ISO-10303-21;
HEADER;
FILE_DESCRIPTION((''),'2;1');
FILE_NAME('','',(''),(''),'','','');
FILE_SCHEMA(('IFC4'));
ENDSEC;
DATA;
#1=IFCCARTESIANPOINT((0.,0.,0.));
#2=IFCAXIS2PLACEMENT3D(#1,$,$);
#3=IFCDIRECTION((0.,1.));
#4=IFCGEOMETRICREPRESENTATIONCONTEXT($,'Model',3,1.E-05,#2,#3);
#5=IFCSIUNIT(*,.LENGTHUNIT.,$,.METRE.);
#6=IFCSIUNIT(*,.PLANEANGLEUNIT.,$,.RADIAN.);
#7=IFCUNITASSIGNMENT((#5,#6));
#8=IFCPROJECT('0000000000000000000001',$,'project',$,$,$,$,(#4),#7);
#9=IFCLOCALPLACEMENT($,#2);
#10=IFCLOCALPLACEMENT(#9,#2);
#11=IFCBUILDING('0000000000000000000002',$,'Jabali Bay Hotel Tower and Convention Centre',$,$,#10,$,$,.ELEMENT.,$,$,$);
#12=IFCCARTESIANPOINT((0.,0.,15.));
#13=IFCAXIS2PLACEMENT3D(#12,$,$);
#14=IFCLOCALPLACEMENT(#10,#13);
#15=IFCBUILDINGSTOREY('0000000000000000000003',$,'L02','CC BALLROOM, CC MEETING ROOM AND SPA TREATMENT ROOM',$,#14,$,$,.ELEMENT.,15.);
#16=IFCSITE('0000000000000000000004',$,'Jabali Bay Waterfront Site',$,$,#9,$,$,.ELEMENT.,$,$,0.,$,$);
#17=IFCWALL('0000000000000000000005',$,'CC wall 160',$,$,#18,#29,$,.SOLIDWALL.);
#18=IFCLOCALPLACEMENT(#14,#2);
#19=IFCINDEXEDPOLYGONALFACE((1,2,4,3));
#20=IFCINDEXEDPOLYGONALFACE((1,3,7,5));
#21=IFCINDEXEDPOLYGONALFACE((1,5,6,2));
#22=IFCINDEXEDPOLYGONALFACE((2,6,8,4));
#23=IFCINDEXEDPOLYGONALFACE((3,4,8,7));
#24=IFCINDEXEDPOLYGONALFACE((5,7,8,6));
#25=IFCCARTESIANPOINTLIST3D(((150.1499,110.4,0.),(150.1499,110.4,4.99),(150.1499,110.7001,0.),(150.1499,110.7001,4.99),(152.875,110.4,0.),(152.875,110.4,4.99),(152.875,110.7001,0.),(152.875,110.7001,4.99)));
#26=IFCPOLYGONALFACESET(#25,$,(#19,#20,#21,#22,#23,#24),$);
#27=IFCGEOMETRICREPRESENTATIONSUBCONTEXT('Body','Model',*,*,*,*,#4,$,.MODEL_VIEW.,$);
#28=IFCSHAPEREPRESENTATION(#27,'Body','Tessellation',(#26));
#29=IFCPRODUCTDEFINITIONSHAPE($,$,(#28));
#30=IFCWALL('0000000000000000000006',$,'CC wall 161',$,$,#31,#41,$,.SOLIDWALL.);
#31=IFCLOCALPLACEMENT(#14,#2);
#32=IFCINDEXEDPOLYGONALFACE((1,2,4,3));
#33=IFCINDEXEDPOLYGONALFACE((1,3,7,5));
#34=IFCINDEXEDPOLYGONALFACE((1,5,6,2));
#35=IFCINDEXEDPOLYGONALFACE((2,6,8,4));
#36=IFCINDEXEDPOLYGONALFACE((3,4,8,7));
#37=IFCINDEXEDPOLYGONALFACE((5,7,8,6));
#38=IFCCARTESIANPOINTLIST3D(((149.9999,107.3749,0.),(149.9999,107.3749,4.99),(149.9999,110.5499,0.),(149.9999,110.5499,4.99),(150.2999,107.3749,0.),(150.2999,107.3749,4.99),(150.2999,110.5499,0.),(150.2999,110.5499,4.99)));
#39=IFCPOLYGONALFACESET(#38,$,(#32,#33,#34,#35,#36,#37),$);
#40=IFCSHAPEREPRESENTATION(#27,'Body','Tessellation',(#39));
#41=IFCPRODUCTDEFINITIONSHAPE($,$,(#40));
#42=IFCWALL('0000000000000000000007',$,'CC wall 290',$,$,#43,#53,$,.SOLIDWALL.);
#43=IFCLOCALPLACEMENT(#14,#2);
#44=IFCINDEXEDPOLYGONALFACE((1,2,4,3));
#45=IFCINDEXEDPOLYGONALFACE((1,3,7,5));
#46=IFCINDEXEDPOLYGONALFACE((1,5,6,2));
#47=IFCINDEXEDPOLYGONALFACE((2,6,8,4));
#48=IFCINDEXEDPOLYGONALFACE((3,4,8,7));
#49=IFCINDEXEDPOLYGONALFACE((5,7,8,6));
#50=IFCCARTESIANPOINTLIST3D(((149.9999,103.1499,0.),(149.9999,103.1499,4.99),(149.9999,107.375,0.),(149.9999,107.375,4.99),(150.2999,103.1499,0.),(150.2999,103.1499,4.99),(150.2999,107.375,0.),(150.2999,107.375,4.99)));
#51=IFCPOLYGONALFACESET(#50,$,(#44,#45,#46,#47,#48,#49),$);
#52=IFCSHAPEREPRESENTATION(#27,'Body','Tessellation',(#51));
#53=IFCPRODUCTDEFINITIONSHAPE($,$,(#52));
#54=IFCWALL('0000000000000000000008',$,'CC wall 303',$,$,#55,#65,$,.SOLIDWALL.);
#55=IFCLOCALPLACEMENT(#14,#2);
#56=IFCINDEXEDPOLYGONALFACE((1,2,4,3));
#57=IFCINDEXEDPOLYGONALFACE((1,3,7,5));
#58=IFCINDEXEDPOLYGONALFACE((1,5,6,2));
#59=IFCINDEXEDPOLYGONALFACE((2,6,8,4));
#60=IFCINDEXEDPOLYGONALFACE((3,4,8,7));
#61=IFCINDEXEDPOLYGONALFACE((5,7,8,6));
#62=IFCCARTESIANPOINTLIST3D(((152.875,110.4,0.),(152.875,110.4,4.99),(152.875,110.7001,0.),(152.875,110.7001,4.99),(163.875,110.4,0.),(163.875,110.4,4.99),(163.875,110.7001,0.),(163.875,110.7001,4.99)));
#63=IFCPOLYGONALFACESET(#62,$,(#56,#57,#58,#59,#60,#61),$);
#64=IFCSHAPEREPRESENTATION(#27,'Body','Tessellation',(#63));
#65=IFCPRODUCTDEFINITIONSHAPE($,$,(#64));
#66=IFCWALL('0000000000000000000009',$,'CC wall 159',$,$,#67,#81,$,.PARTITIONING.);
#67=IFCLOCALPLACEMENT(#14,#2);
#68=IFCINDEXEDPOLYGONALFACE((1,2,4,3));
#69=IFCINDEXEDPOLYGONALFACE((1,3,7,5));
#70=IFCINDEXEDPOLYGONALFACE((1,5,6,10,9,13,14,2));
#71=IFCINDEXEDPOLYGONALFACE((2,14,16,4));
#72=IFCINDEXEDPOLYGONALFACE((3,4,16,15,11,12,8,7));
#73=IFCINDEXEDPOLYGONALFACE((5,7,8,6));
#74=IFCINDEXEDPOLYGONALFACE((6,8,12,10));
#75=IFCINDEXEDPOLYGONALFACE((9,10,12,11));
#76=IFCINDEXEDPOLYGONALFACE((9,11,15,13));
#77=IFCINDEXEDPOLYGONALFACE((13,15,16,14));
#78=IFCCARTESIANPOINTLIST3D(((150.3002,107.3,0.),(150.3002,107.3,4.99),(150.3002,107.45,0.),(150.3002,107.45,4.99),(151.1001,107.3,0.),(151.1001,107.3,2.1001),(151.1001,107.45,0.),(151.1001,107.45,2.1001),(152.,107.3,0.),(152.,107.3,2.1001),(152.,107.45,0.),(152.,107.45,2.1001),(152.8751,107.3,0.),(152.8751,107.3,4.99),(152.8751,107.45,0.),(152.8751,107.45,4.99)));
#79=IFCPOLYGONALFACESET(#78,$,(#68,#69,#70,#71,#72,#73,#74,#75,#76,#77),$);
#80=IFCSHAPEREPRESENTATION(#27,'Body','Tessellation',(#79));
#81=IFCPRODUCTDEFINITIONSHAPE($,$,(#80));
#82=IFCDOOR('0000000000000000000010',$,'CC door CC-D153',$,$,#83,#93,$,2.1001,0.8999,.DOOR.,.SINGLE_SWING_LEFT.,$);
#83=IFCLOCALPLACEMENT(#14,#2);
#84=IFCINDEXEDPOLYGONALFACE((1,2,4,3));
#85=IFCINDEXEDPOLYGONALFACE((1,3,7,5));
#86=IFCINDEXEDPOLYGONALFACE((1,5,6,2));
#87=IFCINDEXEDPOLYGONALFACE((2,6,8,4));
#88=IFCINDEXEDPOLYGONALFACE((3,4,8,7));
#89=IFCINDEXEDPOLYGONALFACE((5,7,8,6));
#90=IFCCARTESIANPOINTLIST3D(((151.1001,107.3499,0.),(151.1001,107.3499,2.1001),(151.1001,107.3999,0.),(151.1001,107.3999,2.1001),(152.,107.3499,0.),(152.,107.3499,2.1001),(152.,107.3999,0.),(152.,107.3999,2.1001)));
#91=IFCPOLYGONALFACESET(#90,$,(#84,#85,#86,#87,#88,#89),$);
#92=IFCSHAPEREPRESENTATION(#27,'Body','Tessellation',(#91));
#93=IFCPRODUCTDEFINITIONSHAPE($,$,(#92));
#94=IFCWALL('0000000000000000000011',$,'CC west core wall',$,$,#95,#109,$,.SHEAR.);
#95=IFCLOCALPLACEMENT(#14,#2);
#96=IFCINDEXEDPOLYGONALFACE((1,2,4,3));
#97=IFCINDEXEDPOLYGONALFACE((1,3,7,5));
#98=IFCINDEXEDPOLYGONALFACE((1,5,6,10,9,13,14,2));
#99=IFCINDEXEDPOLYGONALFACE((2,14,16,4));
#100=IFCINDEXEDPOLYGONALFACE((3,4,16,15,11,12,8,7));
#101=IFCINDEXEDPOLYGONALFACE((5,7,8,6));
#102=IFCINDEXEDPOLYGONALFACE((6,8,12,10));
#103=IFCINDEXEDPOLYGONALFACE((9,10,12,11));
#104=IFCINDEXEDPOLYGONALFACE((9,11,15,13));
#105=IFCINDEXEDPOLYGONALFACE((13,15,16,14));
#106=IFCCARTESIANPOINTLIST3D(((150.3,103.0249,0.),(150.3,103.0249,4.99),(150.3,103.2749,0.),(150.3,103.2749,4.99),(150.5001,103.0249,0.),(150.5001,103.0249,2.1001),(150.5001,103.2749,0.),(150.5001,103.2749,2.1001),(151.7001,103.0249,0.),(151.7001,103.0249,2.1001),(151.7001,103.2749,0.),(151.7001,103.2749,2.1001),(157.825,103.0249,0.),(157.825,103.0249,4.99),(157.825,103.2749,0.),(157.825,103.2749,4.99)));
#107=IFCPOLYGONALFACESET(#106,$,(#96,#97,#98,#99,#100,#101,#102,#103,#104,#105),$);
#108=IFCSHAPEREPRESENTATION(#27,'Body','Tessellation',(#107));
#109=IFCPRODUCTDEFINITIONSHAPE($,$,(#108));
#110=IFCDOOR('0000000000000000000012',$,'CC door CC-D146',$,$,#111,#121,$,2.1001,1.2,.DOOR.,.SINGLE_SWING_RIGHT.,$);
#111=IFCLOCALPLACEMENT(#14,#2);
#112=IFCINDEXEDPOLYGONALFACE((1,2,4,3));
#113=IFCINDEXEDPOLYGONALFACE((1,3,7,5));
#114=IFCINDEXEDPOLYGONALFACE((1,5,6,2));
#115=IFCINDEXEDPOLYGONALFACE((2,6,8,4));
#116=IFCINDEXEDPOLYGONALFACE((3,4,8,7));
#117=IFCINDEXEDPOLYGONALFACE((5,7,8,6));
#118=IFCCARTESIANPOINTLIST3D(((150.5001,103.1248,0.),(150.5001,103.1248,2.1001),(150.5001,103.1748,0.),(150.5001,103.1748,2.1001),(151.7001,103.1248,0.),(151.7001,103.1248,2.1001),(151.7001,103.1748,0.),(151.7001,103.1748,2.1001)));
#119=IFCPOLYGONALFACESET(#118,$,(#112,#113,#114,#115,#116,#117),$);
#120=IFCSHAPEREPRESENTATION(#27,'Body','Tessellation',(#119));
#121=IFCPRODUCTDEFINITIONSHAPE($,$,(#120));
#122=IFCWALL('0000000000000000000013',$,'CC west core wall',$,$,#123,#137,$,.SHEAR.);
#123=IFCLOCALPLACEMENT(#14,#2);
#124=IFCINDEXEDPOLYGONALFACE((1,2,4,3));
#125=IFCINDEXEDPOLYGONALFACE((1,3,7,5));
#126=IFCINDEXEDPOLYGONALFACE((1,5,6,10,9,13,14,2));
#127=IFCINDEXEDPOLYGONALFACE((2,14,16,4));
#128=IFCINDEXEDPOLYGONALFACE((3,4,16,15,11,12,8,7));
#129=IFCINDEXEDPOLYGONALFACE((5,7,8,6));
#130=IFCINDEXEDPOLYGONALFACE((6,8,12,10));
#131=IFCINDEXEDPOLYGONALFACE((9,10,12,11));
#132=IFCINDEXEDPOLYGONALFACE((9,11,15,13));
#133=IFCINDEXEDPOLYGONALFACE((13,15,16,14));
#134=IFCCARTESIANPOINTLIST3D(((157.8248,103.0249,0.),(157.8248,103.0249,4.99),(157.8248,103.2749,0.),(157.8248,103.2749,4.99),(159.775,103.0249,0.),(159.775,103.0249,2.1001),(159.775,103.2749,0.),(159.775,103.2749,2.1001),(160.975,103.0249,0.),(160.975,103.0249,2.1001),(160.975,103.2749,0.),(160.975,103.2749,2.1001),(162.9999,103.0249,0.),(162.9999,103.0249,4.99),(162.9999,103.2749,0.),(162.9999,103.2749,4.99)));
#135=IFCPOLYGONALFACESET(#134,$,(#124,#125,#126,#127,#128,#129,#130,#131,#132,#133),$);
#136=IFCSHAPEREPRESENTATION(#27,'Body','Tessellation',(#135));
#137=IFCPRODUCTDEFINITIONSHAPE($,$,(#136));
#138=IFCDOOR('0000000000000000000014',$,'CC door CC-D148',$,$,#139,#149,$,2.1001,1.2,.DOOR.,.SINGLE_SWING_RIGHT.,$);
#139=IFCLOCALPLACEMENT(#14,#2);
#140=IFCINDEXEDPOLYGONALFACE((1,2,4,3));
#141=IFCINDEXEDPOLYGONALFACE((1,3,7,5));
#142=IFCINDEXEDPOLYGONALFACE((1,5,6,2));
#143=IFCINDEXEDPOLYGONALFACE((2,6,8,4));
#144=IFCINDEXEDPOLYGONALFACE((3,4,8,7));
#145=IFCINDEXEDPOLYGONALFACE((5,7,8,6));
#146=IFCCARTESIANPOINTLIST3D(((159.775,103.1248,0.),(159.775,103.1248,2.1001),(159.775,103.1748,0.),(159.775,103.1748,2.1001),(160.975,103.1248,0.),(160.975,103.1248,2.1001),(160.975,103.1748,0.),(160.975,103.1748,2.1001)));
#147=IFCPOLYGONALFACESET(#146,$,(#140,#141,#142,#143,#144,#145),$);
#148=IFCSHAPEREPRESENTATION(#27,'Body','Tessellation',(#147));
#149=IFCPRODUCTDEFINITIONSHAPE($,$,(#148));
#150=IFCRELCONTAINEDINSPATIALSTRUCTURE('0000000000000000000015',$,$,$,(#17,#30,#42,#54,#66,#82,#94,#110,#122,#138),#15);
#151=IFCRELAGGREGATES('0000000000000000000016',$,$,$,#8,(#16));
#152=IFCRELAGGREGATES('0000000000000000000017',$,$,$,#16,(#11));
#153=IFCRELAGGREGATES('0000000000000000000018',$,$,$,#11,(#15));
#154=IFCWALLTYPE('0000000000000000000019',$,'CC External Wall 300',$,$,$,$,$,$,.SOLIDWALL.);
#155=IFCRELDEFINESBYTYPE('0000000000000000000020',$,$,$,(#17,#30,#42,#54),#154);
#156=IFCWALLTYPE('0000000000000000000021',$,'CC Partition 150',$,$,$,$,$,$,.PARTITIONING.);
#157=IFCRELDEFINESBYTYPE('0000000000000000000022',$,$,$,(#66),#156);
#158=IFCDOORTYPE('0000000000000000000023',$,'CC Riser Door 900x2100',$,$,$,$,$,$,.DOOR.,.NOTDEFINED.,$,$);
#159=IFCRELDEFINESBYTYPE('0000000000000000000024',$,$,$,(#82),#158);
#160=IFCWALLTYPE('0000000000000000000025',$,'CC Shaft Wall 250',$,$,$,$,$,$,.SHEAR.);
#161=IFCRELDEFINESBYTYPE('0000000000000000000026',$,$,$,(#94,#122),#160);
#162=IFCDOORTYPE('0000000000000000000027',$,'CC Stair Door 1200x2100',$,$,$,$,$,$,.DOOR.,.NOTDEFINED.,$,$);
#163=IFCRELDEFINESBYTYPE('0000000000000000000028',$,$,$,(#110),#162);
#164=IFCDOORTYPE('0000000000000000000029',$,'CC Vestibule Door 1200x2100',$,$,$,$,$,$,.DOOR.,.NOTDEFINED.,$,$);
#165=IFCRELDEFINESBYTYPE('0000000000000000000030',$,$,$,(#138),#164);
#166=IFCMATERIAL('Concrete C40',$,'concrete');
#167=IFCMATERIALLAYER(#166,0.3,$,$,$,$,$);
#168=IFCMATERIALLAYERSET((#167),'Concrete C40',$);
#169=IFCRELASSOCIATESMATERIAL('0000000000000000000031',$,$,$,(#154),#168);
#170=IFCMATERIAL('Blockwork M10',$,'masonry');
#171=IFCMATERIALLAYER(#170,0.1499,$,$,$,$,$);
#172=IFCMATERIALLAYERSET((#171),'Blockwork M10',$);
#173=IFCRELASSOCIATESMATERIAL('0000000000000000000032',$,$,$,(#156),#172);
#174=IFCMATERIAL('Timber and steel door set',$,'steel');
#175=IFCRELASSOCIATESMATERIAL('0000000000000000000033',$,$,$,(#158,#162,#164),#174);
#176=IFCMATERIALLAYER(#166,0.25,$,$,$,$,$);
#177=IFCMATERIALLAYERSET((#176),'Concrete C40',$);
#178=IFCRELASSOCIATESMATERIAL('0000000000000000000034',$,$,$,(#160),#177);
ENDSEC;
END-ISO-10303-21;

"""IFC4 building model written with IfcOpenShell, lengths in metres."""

from ifc_helpers import new_model, si_unit, direction, frame, frame_2d, origin, place, context, subcontext, project, spatial, rectangle, extrude, material, layer, layer_set, type_object, element, fill, save


model = new_model("IFC4")

# Units and contexts
model_context = context("Model", 3, precision=1e-05, world=origin(), true_north=direction((0.0, 1.0)))
body_context = subcontext(model_context, "Body", "Model", "MODEL_VIEW")
ifc_project = project(units=[si_unit("LENGTHUNIT", "METRE"), si_unit("PLANEANGLEUNIT", "RADIAN")], contexts=[model_context])

# Site, building, storey
site_placement = place(None, origin())
site = spatial("IfcSite", under=ifc_project, at=site_placement, Name="Jabali Bay Waterfront Site", CompositionType="ELEMENT", RefElevation=0.0)
building_placement = place(site_placement, origin())
building = spatial("IfcBuilding", under=site, at=building_placement, Name="Jabali Bay Hotel Tower and Convention Centre", CompositionType="ELEMENT")
storey_placement = place(building_placement, frame((0.0, 0.0, 15.0)))
storey = spatial("IfcBuildingStorey", under=building, at=storey_placement, Name="L02", Description="CC BALLROOM, CC MEETING ROOM AND SPA TREATMENT ROOM", CompositionType="ELEMENT", Elevation=15.0)

# Walls
ifc_material_1 = material(Name="Concrete C40", Category="concrete")
ifc_layer_1 = layer(ifc_material_1, 0.3)
ifc_layer_set_1 = layer_set([ifc_layer_1], Name="Concrete C40")
wall_type_1 = type_object("IfcWallType", Name="CC External Wall 300", PredefinedType="SOLIDWALL", material=ifc_layer_set_1)
wall_1_placement = place(storey_placement, frame((150.1499, 110.55, 0.0), z_axis=(0.0, 0.0, 1.0), x_axis=(1.0, 0.0, 0.0)))
element("IfcWall", 1, at=wall_1_placement, inside=storey, type_object=wall_type_1, Name="CC wall 160", PredefinedType="SOLIDWALL", context=body_context, shape_type="SweptSolid", body=[
    extrude(rectangle(XDim=2.7251, YDim=0.3, at=frame_2d((1.3625, 0.0))), origin(), (0.0, 0.0, 1.0), 4.99),
])
wall_2_placement = place(storey_placement, frame((150.1499, 107.375, 0.0), z_axis=(0.0, 0.0, 1.0), x_axis=(0.0, 1.0, 0.0)))
element("IfcWall", 2, at=wall_2_placement, inside=storey, type_object=wall_type_1, Name="CC wall 161", PredefinedType="SOLIDWALL", context=body_context, shape_type="SweptSolid", body=[
    extrude(rectangle(XDim=3.175, YDim=0.3, at=frame_2d((1.5874, 0.0))), origin(), (0.0, 0.0, 1.0), 4.99),
])
wall_3_placement = place(storey_placement, frame((150.1499, 103.1499, 0.0), z_axis=(0.0, 0.0, 1.0), x_axis=(0.0, 1.0, 0.0)))
element("IfcWall", 3, at=wall_3_placement, inside=storey, type_object=wall_type_1, Name="CC wall 290", PredefinedType="SOLIDWALL", context=body_context, shape_type="SweptSolid", body=[
    extrude(rectangle(XDim=4.2251, YDim=0.3, at=frame_2d((2.1125, 0.0))), origin(), (0.0, 0.0, 1.0), 4.99),
])
wall_4_placement = place(storey_placement, frame((152.875, 110.55, 0.0), z_axis=(0.0, 0.0, 1.0), x_axis=(1.0, 0.0, 0.0)))
element("IfcWall", 4, at=wall_4_placement, inside=storey, type_object=wall_type_1, Name="CC wall 303", PredefinedType="SOLIDWALL", context=body_context, shape_type="SweptSolid", body=[
    extrude(rectangle(XDim=11.0, YDim=0.3, at=frame_2d((5.5, 0.0))), origin(), (0.0, 0.0, 1.0), 4.99),
])

# Walls, openings, doors
ifc_material_2 = material(Name="Blockwork M10", Category="masonry")
ifc_layer_2 = layer(ifc_material_2, 0.1499)
ifc_layer_set_2 = layer_set([ifc_layer_2], Name="Blockwork M10")
wall_type_2 = type_object("IfcWallType", Name="CC Partition 150", PredefinedType="PARTITIONING", material=ifc_layer_set_2)
wall_5_placement = place(storey_placement, frame((150.3, 107.375, 0.0), z_axis=(0.0, 0.0, 1.0), x_axis=(1.0, 0.0, 0.0)))
wall_5 = element("IfcWall", 5, at=wall_5_placement, inside=storey, type_object=wall_type_2, Name="CC wall 159", PredefinedType="PARTITIONING", context=body_context, shape_type="SweptSolid", body=[
    extrude(rectangle(XDim=2.575, YDim=0.1499, at=frame_2d((1.2876, 0.0))), origin(), (0.0, 0.0, 1.0), 4.99),
])
opening_1_placement = place(wall_5_placement, frame((0.8, 0.0, 0.0)))
opening_1 = element("IfcOpeningElement", 6, at=opening_1_placement, cuts=wall_5, PredefinedType="OPENING", context=body_context, shape_type="SweptSolid", body=[
    extrude(rectangle(XDim=0.8999, YDim=2.1001, at=frame_2d((0.45, 1.05))), frame((0.0, 0.0854, 0.0), z_axis=(0.0, -1.0, 0.0), x_axis=(1.0, 0.0, 0.0)), (0.0, 0.0, 1.0), 0.1709),
])
ifc_material_3 = material(Name="Timber and steel door set", Category="steel")
door_type_1 = type_object("IfcDoorType", Name="CC Riser Door 900x2100", OperationType="NOTDEFINED", PredefinedType="DOOR", material=ifc_material_3)
door_1_placement = place(opening_1_placement, origin())
door_1 = element("IfcDoor", 7, at=door_1_placement, inside=storey, type_object=door_type_1, Name="CC door CC-D153", OperationType="SINGLE_SWING_LEFT", OverallHeight=2.1001, OverallWidth=0.8999, PredefinedType="DOOR", context=body_context, shape_type="SweptSolid", body=[
    extrude(rectangle(XDim=0.8999, YDim=2.1001, at=frame_2d((0.45, 1.05))), frame((0.0, 0.0249, 0.0), z_axis=(0.0, -1.0, 0.0), x_axis=(1.0, 0.0, 0.0)), (0.0, 0.0, 1.0), 0.05),
])
fill(opening_1, door_1)
ifc_layer_3 = layer(ifc_material_1, 0.25)
ifc_layer_set_3 = layer_set([ifc_layer_3], Name="Concrete C40")
wall_type_3 = type_object("IfcWallType", Name="CC Shaft Wall 250", PredefinedType="SHEAR", material=ifc_layer_set_3)
wall_6_placement = place(storey_placement, frame((150.3, 103.1499, 0.0), z_axis=(0.0, 0.0, 1.0), x_axis=(1.0, 0.0, 0.0)))
wall_6 = element("IfcWall", 8, at=wall_6_placement, inside=storey, type_object=wall_type_3, Name="CC west core wall", PredefinedType="SHEAR", context=body_context, shape_type="SweptSolid", body=[
    extrude(rectangle(XDim=7.5249, YDim=0.25, at=frame_2d((3.7625, 0.0))), origin(), (0.0, 0.0, 1.0), 4.99),
])
opening_2_placement = place(wall_6_placement, frame((0.2, 0.0, 0.0)))
opening_2 = element("IfcOpeningElement", 9, at=opening_2_placement, cuts=wall_6, PredefinedType="OPENING", context=body_context, shape_type="SweptSolid", body=[
    extrude(rectangle(XDim=1.2, YDim=2.1001, at=frame_2d((0.6001, 1.05))), frame((0.0, 0.1355, 0.0), z_axis=(0.0, -1.0, 0.0), x_axis=(1.0, 0.0, 0.0)), (0.0, 0.0, 1.0), 0.271),
])
door_type_2 = type_object("IfcDoorType", Name="CC Stair Door 1200x2100", OperationType="NOTDEFINED", PredefinedType="DOOR", material=ifc_material_3)
door_2_placement = place(opening_2_placement, origin())
door_2 = element("IfcDoor", 10, at=door_2_placement, inside=storey, type_object=door_type_2, Name="CC door CC-D146", OperationType="SINGLE_SWING_RIGHT", OverallHeight=2.1001, OverallWidth=1.2, PredefinedType="DOOR", context=body_context, shape_type="SweptSolid", body=[
    extrude(rectangle(XDim=1.2, YDim=2.1001, at=frame_2d((0.6001, 1.05))), frame((0.0, 0.0249, 0.0), z_axis=(0.0, -1.0, 0.0), x_axis=(1.0, 0.0, 0.0)), (0.0, 0.0, 1.0), 0.05),
])
fill(opening_2, door_2)
wall_7_placement = place(storey_placement, frame((157.825, 103.1499, 0.0), z_axis=(0.0, 0.0, 1.0), x_axis=(1.0, 0.0, 0.0)))
wall_7 = element("IfcWall", 11, at=wall_7_placement, inside=storey, type_object=wall_type_3, Name="CC west core wall", PredefinedType="SHEAR", context=body_context, shape_type="SweptSolid", body=[
    extrude(rectangle(XDim=5.175, YDim=0.25, at=frame_2d((2.5874, 0.0))), origin(), (0.0, 0.0, 1.0), 4.99),
])
opening_3_placement = place(wall_7_placement, frame((1.95, 0.0, 0.0)))
opening_3 = element("IfcOpeningElement", 12, at=opening_3_placement, cuts=wall_7, PredefinedType="OPENING", context=body_context, shape_type="SweptSolid", body=[
    extrude(rectangle(XDim=1.2, YDim=2.1001, at=frame_2d((0.6001, 1.05))), frame((0.0, 0.1355, 0.0), z_axis=(0.0, -1.0, 0.0), x_axis=(1.0, 0.0, 0.0)), (0.0, 0.0, 1.0), 0.271),
])
door_type_3 = type_object("IfcDoorType", Name="CC Vestibule Door 1200x2100", OperationType="NOTDEFINED", PredefinedType="DOOR", material=ifc_material_3)
door_3_placement = place(opening_3_placement, origin())
door_3 = element("IfcDoor", 13, at=door_3_placement, inside=storey, type_object=door_type_3, Name="CC door CC-D148", OperationType="SINGLE_SWING_RIGHT", OverallHeight=2.1001, OverallWidth=1.2, PredefinedType="DOOR", context=body_context, shape_type="SweptSolid", body=[
    extrude(rectangle(XDim=1.2, YDim=2.1001, at=frame_2d((0.6001, 1.05))), frame((0.0, 0.0249, 0.0), z_axis=(0.0, -1.0, 0.0), x_axis=(1.0, 0.0, 0.0)), (0.0, 0.0, 1.0), 0.05),
])
fill(opening_3, door_3)

save(model, "model.ifc")
